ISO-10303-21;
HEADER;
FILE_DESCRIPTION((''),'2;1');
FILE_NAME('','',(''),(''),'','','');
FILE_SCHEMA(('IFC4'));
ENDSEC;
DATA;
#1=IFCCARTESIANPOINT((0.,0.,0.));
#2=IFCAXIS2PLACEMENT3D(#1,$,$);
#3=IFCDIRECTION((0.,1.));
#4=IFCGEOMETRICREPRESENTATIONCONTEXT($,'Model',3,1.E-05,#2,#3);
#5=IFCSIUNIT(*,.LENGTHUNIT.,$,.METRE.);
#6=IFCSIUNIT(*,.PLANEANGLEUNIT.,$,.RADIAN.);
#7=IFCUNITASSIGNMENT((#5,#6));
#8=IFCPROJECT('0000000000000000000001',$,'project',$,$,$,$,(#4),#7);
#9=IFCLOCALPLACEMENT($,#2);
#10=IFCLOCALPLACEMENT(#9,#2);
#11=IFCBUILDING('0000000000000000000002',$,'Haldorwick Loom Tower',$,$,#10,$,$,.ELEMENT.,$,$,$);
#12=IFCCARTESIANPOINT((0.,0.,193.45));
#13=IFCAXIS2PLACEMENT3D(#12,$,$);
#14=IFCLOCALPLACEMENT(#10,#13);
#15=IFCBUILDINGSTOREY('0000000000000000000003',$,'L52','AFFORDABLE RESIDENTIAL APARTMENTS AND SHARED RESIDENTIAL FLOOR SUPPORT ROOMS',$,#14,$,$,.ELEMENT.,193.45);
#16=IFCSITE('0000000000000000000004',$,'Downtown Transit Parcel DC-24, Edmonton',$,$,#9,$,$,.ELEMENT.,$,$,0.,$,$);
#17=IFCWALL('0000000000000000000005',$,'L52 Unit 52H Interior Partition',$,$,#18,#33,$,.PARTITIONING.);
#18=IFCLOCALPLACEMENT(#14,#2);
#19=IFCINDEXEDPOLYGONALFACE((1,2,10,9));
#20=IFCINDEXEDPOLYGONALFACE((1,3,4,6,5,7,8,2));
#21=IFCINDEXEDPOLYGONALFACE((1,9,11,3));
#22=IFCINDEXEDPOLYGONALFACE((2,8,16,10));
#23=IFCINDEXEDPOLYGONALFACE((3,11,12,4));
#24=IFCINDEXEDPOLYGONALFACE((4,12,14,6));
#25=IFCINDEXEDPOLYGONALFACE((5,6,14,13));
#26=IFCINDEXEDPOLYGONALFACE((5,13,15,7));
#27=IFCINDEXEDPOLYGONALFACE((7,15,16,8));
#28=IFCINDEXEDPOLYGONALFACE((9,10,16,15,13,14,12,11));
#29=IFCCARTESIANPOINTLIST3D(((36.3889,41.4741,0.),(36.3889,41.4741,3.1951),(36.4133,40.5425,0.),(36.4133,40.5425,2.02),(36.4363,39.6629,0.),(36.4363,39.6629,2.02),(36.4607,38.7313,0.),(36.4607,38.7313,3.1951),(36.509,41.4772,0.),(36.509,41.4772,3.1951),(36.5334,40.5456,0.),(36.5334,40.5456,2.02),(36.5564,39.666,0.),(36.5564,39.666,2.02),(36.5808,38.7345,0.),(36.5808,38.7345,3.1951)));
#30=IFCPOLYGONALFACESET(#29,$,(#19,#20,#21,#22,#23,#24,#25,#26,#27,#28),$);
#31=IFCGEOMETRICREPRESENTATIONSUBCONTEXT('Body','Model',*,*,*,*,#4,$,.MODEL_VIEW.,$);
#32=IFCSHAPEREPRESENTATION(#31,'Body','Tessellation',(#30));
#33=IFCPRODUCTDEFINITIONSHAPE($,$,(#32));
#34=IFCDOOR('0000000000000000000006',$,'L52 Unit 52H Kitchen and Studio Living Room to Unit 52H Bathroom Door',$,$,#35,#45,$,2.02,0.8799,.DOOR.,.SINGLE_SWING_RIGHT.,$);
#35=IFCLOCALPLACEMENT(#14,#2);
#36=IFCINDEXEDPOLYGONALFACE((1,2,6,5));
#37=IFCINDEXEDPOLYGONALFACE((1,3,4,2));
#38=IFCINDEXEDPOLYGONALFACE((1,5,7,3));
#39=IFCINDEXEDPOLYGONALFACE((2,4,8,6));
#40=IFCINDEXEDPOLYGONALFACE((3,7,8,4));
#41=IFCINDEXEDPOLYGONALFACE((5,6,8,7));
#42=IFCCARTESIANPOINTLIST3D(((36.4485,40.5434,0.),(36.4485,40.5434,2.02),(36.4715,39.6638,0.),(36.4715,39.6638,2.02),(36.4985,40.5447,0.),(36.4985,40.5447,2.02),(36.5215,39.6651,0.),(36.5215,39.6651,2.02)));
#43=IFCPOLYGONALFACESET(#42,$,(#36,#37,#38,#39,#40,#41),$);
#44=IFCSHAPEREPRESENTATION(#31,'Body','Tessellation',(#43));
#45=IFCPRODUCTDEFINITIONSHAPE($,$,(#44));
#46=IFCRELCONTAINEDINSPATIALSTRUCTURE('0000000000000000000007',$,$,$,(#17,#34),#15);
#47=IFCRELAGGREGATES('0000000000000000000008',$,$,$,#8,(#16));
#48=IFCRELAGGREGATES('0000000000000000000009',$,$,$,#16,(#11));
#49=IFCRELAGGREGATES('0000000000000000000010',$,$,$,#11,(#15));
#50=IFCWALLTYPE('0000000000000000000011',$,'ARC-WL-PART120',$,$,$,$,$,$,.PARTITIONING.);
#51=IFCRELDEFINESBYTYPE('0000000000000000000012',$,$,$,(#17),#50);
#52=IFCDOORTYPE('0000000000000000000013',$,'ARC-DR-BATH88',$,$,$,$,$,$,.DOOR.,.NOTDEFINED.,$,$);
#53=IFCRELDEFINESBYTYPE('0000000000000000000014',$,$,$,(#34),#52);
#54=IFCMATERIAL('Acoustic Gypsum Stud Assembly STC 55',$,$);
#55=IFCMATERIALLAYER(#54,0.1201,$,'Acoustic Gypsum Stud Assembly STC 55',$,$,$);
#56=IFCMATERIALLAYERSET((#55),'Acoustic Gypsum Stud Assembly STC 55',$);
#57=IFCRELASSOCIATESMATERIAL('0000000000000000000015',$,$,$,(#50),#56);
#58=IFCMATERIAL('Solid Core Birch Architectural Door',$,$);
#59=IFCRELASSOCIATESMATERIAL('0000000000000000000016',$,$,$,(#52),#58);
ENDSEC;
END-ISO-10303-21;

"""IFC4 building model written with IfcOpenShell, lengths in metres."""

from ifc_helpers import new_model, si_unit, direction, frame, frame_2d, origin, place, context, subcontext, project, spatial, rectangle, extrude, material, layer, layer_set, type_object, element, fill, save


model = new_model("IFC4")

# Units and contexts
model_context = context("Model", 3, precision=1e-05, world=origin(), true_north=direction((0.0, 1.0)))
body_context = subcontext(model_context, "Body", "Model", "MODEL_VIEW")
ifc_project = project(units=[si_unit("LENGTHUNIT", "METRE"), si_unit("PLANEANGLEUNIT", "RADIAN")], contexts=[model_context])

# Site, building, storey
site_placement = place(None, origin())
site = spatial("IfcSite", under=ifc_project, at=site_placement, Name="Downtown Transit Parcel DC-24, Edmonton", CompositionType="ELEMENT", RefElevation=0.0)
building_placement = place(site_placement, origin())
building = spatial("IfcBuilding", under=site, at=building_placement, Name="Haldorwick Loom Tower", CompositionType="ELEMENT")
storey_placement = place(building_placement, frame((0.0, 0.0, 193.45)))
storey = spatial("IfcBuildingStorey", under=building, at=storey_placement, Name="L52", Description="AFFORDABLE RESIDENTIAL APARTMENTS AND SHARED RESIDENTIAL FLOOR SUPPORT ROOMS", CompositionType="ELEMENT", Elevation=193.45)

# Shared definitions
ifc_material_1 = material(Name="Acoustic Gypsum Stud Assembly STC 55")
ifc_layer_1 = layer(ifc_material_1, 0.1201, Name="Acoustic Gypsum Stud Assembly STC 55")
ifc_layer_set_1 = layer_set([ifc_layer_1], Name="Acoustic Gypsum Stud Assembly STC 55")
wall_type_1 = type_object("IfcWallType", Name="ARC-WL-PART120", PredefinedType="PARTITIONING", material=ifc_layer_set_1)

# Wall, opening, door
wall_1_placement = place(storey_placement, frame((36.5208, 38.7329, 0.0), z_axis=(0.0, 0.0, 1.0), x_axis=(-0.026162, 0.999658, 0.0)))
wall_1 = element("IfcWall", 1, at=wall_1_placement, inside=storey, type_object=wall_type_1, Name="L52 Unit 52H Interior Partition", PredefinedType="PARTITIONING", context=body_context, shape_type="SweptSolid", body=[
    extrude(rectangle(XDim=2.7437, YDim=0.1201, at=frame_2d((1.3718, 0.0))), origin(), (0.0, 0.0, 1.0), 3.1951),
])
opening_1_placement = place(wall_1_placement, frame((0.9319, 0.0, 0.0)))
opening_1 = element("IfcOpeningElement", 2, at=opening_1_placement, cuts=wall_1, PredefinedType="OPENING", context=body_context, shape_type="SweptSolid", body=[
    extrude(rectangle(XDim=0.8799, YDim=2.02, at=frame_2d((0.4399, 1.01))), frame((0.0, 0.0701, 0.0), z_axis=(0.0, -1.0, 0.0), x_axis=(1.0, 0.0, 0.0)), (0.0, 0.0, 1.0), 0.1401),
])
ifc_material_2 = material(Name="Solid Core Birch Architectural Door")
door_type = type_object("IfcDoorType", Name="ARC-DR-BATH88", OperationType="NOTDEFINED", PredefinedType="DOOR", material=ifc_material_2)
door_placement = place(opening_1_placement, origin())
door = element("IfcDoor", 3, at=door_placement, inside=storey, type_object=door_type, Name="L52 Unit 52H Kitchen and Studio Living Room to Unit 52H Bathroom Door", OperationType="SINGLE_SWING_RIGHT", OverallHeight=2.02, OverallWidth=0.8799, PredefinedType="DOOR", context=body_context, shape_type="SweptSolid", body=[
    extrude(rectangle(XDim=0.8799, YDim=2.02, at=frame_2d((0.4399, 1.01))), frame((0.0, 0.0249, 0.0), z_axis=(0.0, -1.0, 0.0), x_axis=(1.0, 0.0, 0.0)), (0.0, 0.0, 1.0), 0.05),
])
fill(opening_1, door)

save(model, "model.ifc")
